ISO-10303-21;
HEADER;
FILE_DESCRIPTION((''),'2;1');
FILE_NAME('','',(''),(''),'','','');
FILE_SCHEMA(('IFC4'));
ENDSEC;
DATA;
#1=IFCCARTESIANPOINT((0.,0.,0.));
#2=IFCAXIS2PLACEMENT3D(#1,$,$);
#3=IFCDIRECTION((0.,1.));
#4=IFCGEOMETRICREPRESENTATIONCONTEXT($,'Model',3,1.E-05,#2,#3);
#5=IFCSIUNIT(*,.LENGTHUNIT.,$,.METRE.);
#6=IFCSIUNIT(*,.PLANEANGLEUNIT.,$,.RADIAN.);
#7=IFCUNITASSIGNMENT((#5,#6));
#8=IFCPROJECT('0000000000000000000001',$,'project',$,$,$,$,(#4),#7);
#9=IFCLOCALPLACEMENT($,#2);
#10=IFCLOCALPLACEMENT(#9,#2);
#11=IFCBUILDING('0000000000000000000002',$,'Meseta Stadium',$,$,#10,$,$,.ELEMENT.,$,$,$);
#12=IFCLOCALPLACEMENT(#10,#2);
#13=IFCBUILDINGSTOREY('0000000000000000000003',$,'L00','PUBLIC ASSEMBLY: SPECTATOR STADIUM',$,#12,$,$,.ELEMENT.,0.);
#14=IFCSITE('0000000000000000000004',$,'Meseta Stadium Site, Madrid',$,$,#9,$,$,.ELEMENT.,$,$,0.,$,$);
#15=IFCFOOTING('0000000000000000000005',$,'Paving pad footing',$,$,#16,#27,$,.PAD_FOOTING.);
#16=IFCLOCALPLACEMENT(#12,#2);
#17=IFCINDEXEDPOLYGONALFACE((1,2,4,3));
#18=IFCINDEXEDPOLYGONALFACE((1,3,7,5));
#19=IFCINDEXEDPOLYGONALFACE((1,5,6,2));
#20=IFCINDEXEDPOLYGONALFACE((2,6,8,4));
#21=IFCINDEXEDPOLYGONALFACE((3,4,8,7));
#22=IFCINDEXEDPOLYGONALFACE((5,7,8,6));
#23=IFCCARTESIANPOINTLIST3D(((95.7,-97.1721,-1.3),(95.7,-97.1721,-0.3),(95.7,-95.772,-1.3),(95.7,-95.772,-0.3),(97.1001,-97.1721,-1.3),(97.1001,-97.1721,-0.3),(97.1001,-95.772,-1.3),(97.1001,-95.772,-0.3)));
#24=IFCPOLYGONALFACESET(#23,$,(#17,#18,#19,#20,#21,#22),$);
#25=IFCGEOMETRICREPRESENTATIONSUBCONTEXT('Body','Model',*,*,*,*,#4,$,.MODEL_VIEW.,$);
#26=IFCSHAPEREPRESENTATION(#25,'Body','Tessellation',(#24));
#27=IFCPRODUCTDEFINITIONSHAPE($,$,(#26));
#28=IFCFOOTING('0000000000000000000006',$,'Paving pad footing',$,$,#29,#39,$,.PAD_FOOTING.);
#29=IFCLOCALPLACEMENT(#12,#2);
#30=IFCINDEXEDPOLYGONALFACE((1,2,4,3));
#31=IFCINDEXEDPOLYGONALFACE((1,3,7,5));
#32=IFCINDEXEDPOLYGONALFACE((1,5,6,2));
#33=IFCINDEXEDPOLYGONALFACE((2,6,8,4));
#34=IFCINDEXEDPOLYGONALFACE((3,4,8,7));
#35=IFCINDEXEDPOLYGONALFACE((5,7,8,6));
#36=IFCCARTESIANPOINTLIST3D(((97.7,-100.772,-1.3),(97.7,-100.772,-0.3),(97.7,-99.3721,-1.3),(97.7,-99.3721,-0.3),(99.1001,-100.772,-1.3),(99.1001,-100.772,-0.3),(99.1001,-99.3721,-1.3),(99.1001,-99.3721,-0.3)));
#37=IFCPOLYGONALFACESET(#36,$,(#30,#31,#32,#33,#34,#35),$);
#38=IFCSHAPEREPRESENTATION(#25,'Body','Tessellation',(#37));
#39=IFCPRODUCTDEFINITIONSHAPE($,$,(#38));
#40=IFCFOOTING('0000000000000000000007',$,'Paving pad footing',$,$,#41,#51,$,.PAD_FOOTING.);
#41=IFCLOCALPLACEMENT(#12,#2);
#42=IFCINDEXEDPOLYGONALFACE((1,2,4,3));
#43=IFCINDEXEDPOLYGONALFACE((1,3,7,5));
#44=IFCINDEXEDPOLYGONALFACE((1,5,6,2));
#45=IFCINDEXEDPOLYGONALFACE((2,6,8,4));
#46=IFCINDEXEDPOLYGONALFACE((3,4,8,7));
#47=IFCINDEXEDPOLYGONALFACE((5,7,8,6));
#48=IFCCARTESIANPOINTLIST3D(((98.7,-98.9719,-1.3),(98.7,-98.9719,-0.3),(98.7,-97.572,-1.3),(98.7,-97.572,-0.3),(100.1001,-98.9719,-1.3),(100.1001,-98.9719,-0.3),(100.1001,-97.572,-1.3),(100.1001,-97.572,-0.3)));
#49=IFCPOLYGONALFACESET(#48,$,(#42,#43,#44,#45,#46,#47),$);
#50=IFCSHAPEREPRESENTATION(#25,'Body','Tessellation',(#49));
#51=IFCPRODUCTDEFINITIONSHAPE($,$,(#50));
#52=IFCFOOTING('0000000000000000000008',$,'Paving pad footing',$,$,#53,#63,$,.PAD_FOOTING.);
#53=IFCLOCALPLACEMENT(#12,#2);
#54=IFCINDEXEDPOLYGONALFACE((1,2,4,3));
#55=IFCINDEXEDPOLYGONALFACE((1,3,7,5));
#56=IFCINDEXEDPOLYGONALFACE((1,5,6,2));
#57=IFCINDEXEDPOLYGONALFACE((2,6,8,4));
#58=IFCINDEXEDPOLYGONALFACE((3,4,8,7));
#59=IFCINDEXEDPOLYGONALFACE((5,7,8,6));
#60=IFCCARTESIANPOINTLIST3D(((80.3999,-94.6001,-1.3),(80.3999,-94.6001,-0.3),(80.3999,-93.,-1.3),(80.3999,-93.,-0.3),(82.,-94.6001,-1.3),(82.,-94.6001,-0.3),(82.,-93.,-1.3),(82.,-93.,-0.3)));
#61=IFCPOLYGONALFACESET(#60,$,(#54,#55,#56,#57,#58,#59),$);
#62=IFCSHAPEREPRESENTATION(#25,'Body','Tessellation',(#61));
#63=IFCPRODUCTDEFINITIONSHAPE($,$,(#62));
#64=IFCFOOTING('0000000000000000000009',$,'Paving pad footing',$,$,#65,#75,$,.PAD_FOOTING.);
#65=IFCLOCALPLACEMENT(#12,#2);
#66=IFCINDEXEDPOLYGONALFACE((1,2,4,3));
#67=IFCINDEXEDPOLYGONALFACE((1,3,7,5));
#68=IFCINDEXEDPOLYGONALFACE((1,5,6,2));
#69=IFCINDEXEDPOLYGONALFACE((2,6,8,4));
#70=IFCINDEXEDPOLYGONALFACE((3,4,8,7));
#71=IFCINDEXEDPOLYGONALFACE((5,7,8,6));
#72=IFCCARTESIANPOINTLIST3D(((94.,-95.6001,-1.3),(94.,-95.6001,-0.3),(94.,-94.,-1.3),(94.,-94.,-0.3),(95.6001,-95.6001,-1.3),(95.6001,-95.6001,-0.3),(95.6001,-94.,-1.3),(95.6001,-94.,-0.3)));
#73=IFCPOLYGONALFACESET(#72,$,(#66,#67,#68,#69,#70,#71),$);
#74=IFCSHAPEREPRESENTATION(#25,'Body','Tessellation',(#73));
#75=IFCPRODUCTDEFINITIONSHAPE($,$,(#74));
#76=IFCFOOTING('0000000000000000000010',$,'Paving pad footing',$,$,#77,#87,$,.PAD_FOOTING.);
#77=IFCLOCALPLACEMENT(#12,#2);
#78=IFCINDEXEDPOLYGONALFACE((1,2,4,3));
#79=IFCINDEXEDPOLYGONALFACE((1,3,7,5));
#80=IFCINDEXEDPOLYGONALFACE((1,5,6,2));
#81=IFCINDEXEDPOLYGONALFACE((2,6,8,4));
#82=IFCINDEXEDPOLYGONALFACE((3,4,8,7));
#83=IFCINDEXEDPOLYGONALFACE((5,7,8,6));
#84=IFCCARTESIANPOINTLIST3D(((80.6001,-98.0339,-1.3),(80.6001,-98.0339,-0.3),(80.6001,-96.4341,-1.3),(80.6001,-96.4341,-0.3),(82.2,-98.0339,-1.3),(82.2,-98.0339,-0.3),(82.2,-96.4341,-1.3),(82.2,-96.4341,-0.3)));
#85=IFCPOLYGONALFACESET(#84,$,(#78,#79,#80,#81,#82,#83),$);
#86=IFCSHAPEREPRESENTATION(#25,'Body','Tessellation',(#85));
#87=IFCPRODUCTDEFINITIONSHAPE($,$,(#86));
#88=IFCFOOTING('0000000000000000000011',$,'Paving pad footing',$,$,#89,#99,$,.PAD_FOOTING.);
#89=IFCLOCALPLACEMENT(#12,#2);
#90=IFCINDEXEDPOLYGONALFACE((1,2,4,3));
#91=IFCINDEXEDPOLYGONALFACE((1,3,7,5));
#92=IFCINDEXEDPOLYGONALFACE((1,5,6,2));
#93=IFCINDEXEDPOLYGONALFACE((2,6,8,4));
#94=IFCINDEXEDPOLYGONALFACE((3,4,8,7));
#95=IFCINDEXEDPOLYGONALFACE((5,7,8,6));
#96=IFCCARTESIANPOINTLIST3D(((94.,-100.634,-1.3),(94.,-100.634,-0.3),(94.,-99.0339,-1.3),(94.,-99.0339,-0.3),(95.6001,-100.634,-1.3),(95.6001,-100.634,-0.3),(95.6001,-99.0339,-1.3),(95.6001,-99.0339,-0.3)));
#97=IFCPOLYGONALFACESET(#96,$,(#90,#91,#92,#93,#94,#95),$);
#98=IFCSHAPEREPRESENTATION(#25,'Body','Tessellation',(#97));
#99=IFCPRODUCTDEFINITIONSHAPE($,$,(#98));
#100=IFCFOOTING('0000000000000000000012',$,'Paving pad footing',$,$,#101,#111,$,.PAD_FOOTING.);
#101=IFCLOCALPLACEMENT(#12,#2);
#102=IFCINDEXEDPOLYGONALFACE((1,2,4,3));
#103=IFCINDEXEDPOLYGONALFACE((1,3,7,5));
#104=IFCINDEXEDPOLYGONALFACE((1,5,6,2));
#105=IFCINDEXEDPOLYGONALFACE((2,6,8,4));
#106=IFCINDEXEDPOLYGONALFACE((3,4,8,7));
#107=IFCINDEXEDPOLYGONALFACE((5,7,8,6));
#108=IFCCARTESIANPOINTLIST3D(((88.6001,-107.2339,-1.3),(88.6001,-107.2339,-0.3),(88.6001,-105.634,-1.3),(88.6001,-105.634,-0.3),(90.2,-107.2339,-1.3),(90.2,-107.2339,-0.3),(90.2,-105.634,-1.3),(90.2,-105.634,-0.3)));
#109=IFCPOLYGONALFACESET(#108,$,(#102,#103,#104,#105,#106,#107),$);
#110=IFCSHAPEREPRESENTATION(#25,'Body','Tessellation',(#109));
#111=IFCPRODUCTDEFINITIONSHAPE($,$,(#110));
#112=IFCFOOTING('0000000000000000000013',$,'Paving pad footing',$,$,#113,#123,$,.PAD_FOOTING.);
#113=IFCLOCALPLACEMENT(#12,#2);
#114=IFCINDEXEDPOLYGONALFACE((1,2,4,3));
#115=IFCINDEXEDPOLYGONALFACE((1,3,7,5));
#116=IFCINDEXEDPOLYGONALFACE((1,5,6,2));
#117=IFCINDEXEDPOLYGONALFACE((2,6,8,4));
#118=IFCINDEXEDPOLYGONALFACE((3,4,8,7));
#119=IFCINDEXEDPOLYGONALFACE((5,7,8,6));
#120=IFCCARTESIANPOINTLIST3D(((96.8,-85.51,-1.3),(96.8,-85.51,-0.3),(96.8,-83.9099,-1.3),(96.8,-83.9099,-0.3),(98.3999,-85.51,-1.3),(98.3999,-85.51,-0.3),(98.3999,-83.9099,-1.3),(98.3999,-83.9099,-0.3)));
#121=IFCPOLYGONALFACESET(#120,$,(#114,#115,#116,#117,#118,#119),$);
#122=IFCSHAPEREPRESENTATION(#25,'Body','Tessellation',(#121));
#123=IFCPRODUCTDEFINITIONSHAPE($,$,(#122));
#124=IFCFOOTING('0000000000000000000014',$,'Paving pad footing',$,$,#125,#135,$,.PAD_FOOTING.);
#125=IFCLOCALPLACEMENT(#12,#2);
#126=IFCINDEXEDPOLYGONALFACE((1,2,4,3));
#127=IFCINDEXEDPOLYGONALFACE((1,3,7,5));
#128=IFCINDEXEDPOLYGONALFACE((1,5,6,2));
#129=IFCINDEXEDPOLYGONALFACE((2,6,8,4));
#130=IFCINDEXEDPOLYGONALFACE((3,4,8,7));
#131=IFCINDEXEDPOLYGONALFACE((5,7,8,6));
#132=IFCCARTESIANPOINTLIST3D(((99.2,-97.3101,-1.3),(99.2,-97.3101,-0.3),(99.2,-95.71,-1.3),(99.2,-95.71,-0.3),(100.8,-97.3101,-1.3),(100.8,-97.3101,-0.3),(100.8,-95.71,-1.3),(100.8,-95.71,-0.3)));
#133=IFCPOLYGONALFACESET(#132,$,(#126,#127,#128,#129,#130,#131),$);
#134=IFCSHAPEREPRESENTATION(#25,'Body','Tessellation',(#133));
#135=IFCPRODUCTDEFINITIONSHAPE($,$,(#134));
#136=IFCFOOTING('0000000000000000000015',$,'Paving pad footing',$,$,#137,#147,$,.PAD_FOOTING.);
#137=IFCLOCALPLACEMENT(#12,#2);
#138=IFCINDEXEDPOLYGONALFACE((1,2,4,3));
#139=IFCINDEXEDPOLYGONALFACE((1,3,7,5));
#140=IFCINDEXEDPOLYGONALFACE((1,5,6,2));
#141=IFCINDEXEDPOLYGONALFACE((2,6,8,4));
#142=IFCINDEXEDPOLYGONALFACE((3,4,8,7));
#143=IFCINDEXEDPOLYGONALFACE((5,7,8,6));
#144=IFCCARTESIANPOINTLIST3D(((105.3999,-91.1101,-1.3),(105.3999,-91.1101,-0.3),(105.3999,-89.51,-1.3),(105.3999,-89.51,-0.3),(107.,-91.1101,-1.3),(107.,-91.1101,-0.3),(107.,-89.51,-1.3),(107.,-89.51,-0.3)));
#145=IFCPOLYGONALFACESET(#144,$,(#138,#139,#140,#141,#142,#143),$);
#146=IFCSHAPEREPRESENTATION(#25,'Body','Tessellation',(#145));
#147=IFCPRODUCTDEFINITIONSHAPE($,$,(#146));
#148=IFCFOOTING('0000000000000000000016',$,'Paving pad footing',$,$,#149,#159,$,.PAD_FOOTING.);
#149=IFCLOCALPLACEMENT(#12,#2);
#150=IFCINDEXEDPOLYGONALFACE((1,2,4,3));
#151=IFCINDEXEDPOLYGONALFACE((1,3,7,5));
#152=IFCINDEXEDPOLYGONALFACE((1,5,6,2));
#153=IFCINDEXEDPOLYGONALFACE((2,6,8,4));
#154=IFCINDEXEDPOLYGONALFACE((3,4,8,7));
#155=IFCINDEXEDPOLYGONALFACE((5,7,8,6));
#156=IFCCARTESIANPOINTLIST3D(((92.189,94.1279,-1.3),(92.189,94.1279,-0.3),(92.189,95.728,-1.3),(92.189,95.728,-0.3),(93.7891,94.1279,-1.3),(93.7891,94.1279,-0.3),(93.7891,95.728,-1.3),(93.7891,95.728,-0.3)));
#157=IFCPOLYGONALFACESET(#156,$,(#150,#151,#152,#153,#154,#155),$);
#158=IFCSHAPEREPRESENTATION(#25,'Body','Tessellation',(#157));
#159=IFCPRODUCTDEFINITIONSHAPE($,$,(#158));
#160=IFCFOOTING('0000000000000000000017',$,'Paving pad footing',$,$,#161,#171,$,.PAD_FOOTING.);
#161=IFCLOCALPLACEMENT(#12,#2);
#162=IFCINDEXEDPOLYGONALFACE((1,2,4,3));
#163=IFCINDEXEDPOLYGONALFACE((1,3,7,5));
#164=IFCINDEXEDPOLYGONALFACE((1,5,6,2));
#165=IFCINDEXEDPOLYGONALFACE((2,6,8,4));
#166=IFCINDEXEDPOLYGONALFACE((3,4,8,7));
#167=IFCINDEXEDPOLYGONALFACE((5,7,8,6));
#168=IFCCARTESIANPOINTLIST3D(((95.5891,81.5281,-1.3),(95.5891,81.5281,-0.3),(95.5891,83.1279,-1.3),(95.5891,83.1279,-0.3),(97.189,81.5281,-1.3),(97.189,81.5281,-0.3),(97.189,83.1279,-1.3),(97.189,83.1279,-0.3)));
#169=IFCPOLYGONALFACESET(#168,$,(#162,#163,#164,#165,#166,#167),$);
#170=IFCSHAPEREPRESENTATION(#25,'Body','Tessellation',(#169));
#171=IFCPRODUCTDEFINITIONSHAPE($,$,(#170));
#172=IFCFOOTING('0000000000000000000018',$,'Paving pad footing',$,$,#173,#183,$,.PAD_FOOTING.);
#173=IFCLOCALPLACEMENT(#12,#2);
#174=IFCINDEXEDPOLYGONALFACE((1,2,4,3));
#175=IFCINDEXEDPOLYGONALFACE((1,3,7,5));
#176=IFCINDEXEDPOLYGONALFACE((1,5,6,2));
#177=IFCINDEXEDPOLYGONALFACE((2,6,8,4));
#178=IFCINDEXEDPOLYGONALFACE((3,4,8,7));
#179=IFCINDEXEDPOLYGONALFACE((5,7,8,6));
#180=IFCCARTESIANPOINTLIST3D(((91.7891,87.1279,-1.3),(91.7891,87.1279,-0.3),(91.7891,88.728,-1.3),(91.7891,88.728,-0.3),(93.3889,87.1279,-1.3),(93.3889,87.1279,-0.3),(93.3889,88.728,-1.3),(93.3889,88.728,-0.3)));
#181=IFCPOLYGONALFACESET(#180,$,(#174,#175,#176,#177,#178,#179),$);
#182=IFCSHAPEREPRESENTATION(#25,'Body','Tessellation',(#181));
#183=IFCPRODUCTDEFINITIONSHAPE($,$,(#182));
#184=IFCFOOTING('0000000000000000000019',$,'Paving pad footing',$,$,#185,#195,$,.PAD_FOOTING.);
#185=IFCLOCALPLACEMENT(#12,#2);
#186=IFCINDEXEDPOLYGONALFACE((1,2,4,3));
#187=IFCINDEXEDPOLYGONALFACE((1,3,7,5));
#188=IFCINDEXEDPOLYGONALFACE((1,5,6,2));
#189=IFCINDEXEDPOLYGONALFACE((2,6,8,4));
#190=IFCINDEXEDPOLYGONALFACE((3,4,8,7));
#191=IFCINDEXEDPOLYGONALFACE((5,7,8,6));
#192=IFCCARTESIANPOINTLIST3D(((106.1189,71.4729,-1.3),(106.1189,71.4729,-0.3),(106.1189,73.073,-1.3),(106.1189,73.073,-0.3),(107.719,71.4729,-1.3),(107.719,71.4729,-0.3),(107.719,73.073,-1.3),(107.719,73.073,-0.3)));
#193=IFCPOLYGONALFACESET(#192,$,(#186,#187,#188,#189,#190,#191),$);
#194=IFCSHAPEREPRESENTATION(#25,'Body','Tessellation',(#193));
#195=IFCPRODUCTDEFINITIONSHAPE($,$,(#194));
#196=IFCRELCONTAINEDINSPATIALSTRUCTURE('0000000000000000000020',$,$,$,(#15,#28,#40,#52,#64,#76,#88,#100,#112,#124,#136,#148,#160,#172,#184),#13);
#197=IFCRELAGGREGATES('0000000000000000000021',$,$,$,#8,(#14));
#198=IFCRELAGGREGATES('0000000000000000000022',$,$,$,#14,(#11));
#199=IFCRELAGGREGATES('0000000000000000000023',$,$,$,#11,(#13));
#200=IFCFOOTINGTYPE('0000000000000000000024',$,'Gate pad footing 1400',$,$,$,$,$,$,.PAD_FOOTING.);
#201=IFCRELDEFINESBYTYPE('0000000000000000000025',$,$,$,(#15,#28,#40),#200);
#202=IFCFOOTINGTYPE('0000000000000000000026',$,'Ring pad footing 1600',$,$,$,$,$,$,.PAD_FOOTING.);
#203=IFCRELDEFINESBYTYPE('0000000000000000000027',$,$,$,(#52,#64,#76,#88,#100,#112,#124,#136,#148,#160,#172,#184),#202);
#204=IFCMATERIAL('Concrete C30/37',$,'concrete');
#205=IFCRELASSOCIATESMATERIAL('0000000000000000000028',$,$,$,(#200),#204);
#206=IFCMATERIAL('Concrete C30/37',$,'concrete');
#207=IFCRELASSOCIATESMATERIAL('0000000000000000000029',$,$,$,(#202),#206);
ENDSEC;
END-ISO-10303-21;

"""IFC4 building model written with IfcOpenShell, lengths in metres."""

from ifc_helpers import new_model, si_unit, direction, frame, origin, place, context, subcontext, project, spatial, polyline, outline, extrude, material, type_object, element, save


model = new_model("IFC4")

# Units and contexts
model_context = context("Model", 3, precision=1e-05, world=origin(), true_north=direction((0.0, 1.0)))
body_context = subcontext(model_context, "Body", "Model", "MODEL_VIEW")
ifc_project = project(units=[si_unit("LENGTHUNIT", "METRE"), si_unit("PLANEANGLEUNIT", "RADIAN")], contexts=[model_context])

# Site, building, storey
site_placement = place(None, origin())
site = spatial("IfcSite", under=ifc_project, at=site_placement, Name="Meseta Stadium Site, Madrid", CompositionType="ELEMENT", RefElevation=0.0)
building_placement = place(site_placement, origin())
building = spatial("IfcBuilding", under=site, at=building_placement, Name="Meseta Stadium", CompositionType="ELEMENT")
storey_placement = place(building_placement, origin())
storey = spatial("IfcBuildingStorey", under=building, at=storey_placement, Name="L00", Description="PUBLIC ASSEMBLY: SPECTATOR STADIUM", CompositionType="ELEMENT", Elevation=0.0)

# Footings
ifc_material_1 = material(Name="Concrete C30/37", Category="concrete")
footing_type_1 = type_object("IfcFootingType", Name="Gate pad footing 1400", PredefinedType="PAD_FOOTING", material=ifc_material_1)
footing_1_placement = place(storey_placement, frame((0.0, 0.0, -1.3)))
element("IfcFooting", 1, at=footing_1_placement, inside=storey, type_object=footing_type_1, Name="Paving pad footing", PredefinedType="PAD_FOOTING", context=body_context, shape_type="SweptSolid", body=[
    extrude(outline(polyline([(97.1001, -97.1721), (97.1001, -95.772), (95.7, -95.772), (95.7, -97.1721), (97.1001, -97.1721)])), origin(), (0.0, 0.0, 1.0), 1.0),
])
footing_2_placement = place(storey_placement, frame((0.0, 0.0, -1.3)))
element("IfcFooting", 2, at=footing_2_placement, inside=storey, type_object=footing_type_1, Name="Paving pad footing", PredefinedType="PAD_FOOTING", context=body_context, shape_type="SweptSolid", body=[
    extrude(outline(polyline([(99.1001, -100.772), (99.1001, -99.3721), (97.7, -99.3721), (97.7, -100.772), (99.1001, -100.772)])), origin(), (0.0, 0.0, 1.0), 1.0),
])
footing_3_placement = place(storey_placement, frame((0.0, 0.0, -1.3)))
element("IfcFooting", 3, at=footing_3_placement, inside=storey, type_object=footing_type_1, Name="Paving pad footing", PredefinedType="PAD_FOOTING", context=body_context, shape_type="SweptSolid", body=[
    extrude(outline(polyline([(100.1001, -98.9719), (100.1001, -97.572), (98.7, -97.572), (98.7, -98.9719), (100.1001, -98.9719)])), origin(), (0.0, 0.0, 1.0), 1.0),
])
ifc_material_2 = material(Name="Concrete C30/37", Category="concrete")
footing_type_2 = type_object("IfcFootingType", Name="Ring pad footing 1600", PredefinedType="PAD_FOOTING", material=ifc_material_2)
footing_4_placement = place(storey_placement, frame((0.0, 0.0, -1.3)))
element("IfcFooting", 4, at=footing_4_placement, inside=storey, type_object=footing_type_2, Name="Paving pad footing", PredefinedType="PAD_FOOTING", context=body_context, shape_type="SweptSolid", body=[
    extrude(outline(polyline([(82.0, -94.6001), (82.0, -93.0), (80.3999, -93.0), (80.3999, -94.6001), (82.0, -94.6001)])), origin(), (0.0, 0.0, 1.0), 1.0),
])
footing_5_placement = place(storey_placement, frame((0.0, 0.0, -1.3)))
element("IfcFooting", 5, at=footing_5_placement, inside=storey, type_object=footing_type_2, Name="Paving pad footing", PredefinedType="PAD_FOOTING", context=body_context, shape_type="SweptSolid", body=[
    extrude(outline(polyline([(95.6001, -95.6001), (95.6001, -94.0), (94.0, -94.0), (94.0, -95.6001), (95.6001, -95.6001)])), origin(), (0.0, 0.0, 1.0), 1.0),
])
footing_6_placement = place(storey_placement, frame((0.0, 0.0, -1.3)))
element("IfcFooting", 6, at=footing_6_placement, inside=storey, type_object=footing_type_2, Name="Paving pad footing", PredefinedType="PAD_FOOTING", context=body_context, shape_type="SweptSolid", body=[
    extrude(outline(polyline([(82.2, -98.0339), (82.2, -96.4341), (80.6001, -96.4341), (80.6001, -98.0339), (82.2, -98.0339)])), origin(), (0.0, 0.0, 1.0), 1.0),
])
footing_7_placement = place(storey_placement, frame((0.0, 0.0, -1.3)))
element("IfcFooting", 7, at=footing_7_placement, inside=storey, type_object=footing_type_2, Name="Paving pad footing", PredefinedType="PAD_FOOTING", context=body_context, shape_type="SweptSolid", body=[
    extrude(outline(polyline([(95.6001, -100.634), (95.6001, -99.0339), (94.0, -99.0339), (94.0, -100.634), (95.6001, -100.634)])), origin(), (0.0, 0.0, 1.0), 1.0),
])
footing_8_placement = place(storey_placement, frame((0.0, 0.0, -1.3)))
element("IfcFooting", 8, at=footing_8_placement, inside=storey, type_object=footing_type_2, Name="Paving pad footing", PredefinedType="PAD_FOOTING", context=body_context, shape_type="SweptSolid", body=[
    extrude(outline(polyline([(90.2, -107.2339), (90.2, -105.634), (88.6001, -105.634), (88.6001, -107.2339), (90.2, -107.2339)])), origin(), (0.0, 0.0, 1.0), 1.0),
])
footing_9_placement = place(storey_placement, frame((0.0, 0.0, -1.3)))
element("IfcFooting", 9, at=footing_9_placement, inside=storey, type_object=footing_type_2, Name="Paving pad footing", PredefinedType="PAD_FOOTING", context=body_context, shape_type="SweptSolid", body=[
    extrude(outline(polyline([(98.3999, -85.51), (98.3999, -83.9099), (96.8, -83.9099), (96.8, -85.51), (98.3999, -85.51)])), origin(), (0.0, 0.0, 1.0), 1.0),
])
footing_10_placement = place(storey_placement, frame((0.0, 0.0, -1.3)))
element("IfcFooting", 10, at=footing_10_placement, inside=storey, type_object=footing_type_2, Name="Paving pad footing", PredefinedType="PAD_FOOTING", context=body_context, shape_type="SweptSolid", body=[
    extrude(outline(polyline([(100.8, -97.3101), (100.8, -95.71), (99.2, -95.71), (99.2, -97.3101), (100.8, -97.3101)])), origin(), (0.0, 0.0, 1.0), 1.0),
])
footing_11_placement = place(storey_placement, frame((0.0, 0.0, -1.3)))
element("IfcFooting", 11, at=footing_11_placement, inside=storey, type_object=footing_type_2, Name="Paving pad footing", PredefinedType="PAD_FOOTING", context=body_context, shape_type="SweptSolid", body=[
    extrude(outline(polyline([(107.0, -91.1101), (107.0, -89.51), (105.3999, -89.51), (105.3999, -91.1101), (107.0, -91.1101)])), origin(), (0.0, 0.0, 1.0), 1.0),
])
footing_12_placement = place(storey_placement, frame((0.0, 0.0, -1.3)))
element("IfcFooting", 12, at=footing_12_placement, inside=storey, type_object=footing_type_2, Name="Paving pad footing", PredefinedType="PAD_FOOTING", context=body_context, shape_type="SweptSolid", body=[
    extrude(outline(polyline([(93.7891, 94.1279), (93.7891, 95.728), (92.189, 95.728), (92.189, 94.1279), (93.7891, 94.1279)])), origin(), (0.0, 0.0, 1.0), 1.0),
])
footing_13_placement = place(storey_placement, frame((0.0, 0.0, -1.3)))
element("IfcFooting", 13, at=footing_13_placement, inside=storey, type_object=footing_type_2, Name="Paving pad footing", PredefinedType="PAD_FOOTING", context=body_context, shape_type="SweptSolid", body=[
    extrude(outline(polyline([(97.189, 81.5281), (97.189, 83.1279), (95.5891, 83.1279), (95.5891, 81.5281), (97.189, 81.5281)])), origin(), (0.0, 0.0, 1.0), 1.0),
])
footing_14_placement = place(storey_placement, frame((0.0, 0.0, -1.3)))
element("IfcFooting", 14, at=footing_14_placement, inside=storey, type_object=footing_type_2, Name="Paving pad footing", PredefinedType="PAD_FOOTING", context=body_context, shape_type="SweptSolid", body=[
    extrude(outline(polyline([(93.3889, 87.1279), (93.3889, 88.728), (91.7891, 88.728), (91.7891, 87.1279), (93.3889, 87.1279)])), origin(), (0.0, 0.0, 1.0), 1.0),
])
footing_15_placement = place(storey_placement, frame((0.0, 0.0, -1.3)))
element("IfcFooting", 15, at=footing_15_placement, inside=storey, type_object=footing_type_2, Name="Paving pad footing", PredefinedType="PAD_FOOTING", context=body_context, shape_type="SweptSolid", body=[
    extrude(outline(polyline([(107.719, 71.4729), (107.719, 73.073), (106.1189, 73.073), (106.1189, 71.4729), (107.719, 71.4729)])), origin(), (0.0, 0.0, 1.0), 1.0),
])

save(model, "model.ifc")
